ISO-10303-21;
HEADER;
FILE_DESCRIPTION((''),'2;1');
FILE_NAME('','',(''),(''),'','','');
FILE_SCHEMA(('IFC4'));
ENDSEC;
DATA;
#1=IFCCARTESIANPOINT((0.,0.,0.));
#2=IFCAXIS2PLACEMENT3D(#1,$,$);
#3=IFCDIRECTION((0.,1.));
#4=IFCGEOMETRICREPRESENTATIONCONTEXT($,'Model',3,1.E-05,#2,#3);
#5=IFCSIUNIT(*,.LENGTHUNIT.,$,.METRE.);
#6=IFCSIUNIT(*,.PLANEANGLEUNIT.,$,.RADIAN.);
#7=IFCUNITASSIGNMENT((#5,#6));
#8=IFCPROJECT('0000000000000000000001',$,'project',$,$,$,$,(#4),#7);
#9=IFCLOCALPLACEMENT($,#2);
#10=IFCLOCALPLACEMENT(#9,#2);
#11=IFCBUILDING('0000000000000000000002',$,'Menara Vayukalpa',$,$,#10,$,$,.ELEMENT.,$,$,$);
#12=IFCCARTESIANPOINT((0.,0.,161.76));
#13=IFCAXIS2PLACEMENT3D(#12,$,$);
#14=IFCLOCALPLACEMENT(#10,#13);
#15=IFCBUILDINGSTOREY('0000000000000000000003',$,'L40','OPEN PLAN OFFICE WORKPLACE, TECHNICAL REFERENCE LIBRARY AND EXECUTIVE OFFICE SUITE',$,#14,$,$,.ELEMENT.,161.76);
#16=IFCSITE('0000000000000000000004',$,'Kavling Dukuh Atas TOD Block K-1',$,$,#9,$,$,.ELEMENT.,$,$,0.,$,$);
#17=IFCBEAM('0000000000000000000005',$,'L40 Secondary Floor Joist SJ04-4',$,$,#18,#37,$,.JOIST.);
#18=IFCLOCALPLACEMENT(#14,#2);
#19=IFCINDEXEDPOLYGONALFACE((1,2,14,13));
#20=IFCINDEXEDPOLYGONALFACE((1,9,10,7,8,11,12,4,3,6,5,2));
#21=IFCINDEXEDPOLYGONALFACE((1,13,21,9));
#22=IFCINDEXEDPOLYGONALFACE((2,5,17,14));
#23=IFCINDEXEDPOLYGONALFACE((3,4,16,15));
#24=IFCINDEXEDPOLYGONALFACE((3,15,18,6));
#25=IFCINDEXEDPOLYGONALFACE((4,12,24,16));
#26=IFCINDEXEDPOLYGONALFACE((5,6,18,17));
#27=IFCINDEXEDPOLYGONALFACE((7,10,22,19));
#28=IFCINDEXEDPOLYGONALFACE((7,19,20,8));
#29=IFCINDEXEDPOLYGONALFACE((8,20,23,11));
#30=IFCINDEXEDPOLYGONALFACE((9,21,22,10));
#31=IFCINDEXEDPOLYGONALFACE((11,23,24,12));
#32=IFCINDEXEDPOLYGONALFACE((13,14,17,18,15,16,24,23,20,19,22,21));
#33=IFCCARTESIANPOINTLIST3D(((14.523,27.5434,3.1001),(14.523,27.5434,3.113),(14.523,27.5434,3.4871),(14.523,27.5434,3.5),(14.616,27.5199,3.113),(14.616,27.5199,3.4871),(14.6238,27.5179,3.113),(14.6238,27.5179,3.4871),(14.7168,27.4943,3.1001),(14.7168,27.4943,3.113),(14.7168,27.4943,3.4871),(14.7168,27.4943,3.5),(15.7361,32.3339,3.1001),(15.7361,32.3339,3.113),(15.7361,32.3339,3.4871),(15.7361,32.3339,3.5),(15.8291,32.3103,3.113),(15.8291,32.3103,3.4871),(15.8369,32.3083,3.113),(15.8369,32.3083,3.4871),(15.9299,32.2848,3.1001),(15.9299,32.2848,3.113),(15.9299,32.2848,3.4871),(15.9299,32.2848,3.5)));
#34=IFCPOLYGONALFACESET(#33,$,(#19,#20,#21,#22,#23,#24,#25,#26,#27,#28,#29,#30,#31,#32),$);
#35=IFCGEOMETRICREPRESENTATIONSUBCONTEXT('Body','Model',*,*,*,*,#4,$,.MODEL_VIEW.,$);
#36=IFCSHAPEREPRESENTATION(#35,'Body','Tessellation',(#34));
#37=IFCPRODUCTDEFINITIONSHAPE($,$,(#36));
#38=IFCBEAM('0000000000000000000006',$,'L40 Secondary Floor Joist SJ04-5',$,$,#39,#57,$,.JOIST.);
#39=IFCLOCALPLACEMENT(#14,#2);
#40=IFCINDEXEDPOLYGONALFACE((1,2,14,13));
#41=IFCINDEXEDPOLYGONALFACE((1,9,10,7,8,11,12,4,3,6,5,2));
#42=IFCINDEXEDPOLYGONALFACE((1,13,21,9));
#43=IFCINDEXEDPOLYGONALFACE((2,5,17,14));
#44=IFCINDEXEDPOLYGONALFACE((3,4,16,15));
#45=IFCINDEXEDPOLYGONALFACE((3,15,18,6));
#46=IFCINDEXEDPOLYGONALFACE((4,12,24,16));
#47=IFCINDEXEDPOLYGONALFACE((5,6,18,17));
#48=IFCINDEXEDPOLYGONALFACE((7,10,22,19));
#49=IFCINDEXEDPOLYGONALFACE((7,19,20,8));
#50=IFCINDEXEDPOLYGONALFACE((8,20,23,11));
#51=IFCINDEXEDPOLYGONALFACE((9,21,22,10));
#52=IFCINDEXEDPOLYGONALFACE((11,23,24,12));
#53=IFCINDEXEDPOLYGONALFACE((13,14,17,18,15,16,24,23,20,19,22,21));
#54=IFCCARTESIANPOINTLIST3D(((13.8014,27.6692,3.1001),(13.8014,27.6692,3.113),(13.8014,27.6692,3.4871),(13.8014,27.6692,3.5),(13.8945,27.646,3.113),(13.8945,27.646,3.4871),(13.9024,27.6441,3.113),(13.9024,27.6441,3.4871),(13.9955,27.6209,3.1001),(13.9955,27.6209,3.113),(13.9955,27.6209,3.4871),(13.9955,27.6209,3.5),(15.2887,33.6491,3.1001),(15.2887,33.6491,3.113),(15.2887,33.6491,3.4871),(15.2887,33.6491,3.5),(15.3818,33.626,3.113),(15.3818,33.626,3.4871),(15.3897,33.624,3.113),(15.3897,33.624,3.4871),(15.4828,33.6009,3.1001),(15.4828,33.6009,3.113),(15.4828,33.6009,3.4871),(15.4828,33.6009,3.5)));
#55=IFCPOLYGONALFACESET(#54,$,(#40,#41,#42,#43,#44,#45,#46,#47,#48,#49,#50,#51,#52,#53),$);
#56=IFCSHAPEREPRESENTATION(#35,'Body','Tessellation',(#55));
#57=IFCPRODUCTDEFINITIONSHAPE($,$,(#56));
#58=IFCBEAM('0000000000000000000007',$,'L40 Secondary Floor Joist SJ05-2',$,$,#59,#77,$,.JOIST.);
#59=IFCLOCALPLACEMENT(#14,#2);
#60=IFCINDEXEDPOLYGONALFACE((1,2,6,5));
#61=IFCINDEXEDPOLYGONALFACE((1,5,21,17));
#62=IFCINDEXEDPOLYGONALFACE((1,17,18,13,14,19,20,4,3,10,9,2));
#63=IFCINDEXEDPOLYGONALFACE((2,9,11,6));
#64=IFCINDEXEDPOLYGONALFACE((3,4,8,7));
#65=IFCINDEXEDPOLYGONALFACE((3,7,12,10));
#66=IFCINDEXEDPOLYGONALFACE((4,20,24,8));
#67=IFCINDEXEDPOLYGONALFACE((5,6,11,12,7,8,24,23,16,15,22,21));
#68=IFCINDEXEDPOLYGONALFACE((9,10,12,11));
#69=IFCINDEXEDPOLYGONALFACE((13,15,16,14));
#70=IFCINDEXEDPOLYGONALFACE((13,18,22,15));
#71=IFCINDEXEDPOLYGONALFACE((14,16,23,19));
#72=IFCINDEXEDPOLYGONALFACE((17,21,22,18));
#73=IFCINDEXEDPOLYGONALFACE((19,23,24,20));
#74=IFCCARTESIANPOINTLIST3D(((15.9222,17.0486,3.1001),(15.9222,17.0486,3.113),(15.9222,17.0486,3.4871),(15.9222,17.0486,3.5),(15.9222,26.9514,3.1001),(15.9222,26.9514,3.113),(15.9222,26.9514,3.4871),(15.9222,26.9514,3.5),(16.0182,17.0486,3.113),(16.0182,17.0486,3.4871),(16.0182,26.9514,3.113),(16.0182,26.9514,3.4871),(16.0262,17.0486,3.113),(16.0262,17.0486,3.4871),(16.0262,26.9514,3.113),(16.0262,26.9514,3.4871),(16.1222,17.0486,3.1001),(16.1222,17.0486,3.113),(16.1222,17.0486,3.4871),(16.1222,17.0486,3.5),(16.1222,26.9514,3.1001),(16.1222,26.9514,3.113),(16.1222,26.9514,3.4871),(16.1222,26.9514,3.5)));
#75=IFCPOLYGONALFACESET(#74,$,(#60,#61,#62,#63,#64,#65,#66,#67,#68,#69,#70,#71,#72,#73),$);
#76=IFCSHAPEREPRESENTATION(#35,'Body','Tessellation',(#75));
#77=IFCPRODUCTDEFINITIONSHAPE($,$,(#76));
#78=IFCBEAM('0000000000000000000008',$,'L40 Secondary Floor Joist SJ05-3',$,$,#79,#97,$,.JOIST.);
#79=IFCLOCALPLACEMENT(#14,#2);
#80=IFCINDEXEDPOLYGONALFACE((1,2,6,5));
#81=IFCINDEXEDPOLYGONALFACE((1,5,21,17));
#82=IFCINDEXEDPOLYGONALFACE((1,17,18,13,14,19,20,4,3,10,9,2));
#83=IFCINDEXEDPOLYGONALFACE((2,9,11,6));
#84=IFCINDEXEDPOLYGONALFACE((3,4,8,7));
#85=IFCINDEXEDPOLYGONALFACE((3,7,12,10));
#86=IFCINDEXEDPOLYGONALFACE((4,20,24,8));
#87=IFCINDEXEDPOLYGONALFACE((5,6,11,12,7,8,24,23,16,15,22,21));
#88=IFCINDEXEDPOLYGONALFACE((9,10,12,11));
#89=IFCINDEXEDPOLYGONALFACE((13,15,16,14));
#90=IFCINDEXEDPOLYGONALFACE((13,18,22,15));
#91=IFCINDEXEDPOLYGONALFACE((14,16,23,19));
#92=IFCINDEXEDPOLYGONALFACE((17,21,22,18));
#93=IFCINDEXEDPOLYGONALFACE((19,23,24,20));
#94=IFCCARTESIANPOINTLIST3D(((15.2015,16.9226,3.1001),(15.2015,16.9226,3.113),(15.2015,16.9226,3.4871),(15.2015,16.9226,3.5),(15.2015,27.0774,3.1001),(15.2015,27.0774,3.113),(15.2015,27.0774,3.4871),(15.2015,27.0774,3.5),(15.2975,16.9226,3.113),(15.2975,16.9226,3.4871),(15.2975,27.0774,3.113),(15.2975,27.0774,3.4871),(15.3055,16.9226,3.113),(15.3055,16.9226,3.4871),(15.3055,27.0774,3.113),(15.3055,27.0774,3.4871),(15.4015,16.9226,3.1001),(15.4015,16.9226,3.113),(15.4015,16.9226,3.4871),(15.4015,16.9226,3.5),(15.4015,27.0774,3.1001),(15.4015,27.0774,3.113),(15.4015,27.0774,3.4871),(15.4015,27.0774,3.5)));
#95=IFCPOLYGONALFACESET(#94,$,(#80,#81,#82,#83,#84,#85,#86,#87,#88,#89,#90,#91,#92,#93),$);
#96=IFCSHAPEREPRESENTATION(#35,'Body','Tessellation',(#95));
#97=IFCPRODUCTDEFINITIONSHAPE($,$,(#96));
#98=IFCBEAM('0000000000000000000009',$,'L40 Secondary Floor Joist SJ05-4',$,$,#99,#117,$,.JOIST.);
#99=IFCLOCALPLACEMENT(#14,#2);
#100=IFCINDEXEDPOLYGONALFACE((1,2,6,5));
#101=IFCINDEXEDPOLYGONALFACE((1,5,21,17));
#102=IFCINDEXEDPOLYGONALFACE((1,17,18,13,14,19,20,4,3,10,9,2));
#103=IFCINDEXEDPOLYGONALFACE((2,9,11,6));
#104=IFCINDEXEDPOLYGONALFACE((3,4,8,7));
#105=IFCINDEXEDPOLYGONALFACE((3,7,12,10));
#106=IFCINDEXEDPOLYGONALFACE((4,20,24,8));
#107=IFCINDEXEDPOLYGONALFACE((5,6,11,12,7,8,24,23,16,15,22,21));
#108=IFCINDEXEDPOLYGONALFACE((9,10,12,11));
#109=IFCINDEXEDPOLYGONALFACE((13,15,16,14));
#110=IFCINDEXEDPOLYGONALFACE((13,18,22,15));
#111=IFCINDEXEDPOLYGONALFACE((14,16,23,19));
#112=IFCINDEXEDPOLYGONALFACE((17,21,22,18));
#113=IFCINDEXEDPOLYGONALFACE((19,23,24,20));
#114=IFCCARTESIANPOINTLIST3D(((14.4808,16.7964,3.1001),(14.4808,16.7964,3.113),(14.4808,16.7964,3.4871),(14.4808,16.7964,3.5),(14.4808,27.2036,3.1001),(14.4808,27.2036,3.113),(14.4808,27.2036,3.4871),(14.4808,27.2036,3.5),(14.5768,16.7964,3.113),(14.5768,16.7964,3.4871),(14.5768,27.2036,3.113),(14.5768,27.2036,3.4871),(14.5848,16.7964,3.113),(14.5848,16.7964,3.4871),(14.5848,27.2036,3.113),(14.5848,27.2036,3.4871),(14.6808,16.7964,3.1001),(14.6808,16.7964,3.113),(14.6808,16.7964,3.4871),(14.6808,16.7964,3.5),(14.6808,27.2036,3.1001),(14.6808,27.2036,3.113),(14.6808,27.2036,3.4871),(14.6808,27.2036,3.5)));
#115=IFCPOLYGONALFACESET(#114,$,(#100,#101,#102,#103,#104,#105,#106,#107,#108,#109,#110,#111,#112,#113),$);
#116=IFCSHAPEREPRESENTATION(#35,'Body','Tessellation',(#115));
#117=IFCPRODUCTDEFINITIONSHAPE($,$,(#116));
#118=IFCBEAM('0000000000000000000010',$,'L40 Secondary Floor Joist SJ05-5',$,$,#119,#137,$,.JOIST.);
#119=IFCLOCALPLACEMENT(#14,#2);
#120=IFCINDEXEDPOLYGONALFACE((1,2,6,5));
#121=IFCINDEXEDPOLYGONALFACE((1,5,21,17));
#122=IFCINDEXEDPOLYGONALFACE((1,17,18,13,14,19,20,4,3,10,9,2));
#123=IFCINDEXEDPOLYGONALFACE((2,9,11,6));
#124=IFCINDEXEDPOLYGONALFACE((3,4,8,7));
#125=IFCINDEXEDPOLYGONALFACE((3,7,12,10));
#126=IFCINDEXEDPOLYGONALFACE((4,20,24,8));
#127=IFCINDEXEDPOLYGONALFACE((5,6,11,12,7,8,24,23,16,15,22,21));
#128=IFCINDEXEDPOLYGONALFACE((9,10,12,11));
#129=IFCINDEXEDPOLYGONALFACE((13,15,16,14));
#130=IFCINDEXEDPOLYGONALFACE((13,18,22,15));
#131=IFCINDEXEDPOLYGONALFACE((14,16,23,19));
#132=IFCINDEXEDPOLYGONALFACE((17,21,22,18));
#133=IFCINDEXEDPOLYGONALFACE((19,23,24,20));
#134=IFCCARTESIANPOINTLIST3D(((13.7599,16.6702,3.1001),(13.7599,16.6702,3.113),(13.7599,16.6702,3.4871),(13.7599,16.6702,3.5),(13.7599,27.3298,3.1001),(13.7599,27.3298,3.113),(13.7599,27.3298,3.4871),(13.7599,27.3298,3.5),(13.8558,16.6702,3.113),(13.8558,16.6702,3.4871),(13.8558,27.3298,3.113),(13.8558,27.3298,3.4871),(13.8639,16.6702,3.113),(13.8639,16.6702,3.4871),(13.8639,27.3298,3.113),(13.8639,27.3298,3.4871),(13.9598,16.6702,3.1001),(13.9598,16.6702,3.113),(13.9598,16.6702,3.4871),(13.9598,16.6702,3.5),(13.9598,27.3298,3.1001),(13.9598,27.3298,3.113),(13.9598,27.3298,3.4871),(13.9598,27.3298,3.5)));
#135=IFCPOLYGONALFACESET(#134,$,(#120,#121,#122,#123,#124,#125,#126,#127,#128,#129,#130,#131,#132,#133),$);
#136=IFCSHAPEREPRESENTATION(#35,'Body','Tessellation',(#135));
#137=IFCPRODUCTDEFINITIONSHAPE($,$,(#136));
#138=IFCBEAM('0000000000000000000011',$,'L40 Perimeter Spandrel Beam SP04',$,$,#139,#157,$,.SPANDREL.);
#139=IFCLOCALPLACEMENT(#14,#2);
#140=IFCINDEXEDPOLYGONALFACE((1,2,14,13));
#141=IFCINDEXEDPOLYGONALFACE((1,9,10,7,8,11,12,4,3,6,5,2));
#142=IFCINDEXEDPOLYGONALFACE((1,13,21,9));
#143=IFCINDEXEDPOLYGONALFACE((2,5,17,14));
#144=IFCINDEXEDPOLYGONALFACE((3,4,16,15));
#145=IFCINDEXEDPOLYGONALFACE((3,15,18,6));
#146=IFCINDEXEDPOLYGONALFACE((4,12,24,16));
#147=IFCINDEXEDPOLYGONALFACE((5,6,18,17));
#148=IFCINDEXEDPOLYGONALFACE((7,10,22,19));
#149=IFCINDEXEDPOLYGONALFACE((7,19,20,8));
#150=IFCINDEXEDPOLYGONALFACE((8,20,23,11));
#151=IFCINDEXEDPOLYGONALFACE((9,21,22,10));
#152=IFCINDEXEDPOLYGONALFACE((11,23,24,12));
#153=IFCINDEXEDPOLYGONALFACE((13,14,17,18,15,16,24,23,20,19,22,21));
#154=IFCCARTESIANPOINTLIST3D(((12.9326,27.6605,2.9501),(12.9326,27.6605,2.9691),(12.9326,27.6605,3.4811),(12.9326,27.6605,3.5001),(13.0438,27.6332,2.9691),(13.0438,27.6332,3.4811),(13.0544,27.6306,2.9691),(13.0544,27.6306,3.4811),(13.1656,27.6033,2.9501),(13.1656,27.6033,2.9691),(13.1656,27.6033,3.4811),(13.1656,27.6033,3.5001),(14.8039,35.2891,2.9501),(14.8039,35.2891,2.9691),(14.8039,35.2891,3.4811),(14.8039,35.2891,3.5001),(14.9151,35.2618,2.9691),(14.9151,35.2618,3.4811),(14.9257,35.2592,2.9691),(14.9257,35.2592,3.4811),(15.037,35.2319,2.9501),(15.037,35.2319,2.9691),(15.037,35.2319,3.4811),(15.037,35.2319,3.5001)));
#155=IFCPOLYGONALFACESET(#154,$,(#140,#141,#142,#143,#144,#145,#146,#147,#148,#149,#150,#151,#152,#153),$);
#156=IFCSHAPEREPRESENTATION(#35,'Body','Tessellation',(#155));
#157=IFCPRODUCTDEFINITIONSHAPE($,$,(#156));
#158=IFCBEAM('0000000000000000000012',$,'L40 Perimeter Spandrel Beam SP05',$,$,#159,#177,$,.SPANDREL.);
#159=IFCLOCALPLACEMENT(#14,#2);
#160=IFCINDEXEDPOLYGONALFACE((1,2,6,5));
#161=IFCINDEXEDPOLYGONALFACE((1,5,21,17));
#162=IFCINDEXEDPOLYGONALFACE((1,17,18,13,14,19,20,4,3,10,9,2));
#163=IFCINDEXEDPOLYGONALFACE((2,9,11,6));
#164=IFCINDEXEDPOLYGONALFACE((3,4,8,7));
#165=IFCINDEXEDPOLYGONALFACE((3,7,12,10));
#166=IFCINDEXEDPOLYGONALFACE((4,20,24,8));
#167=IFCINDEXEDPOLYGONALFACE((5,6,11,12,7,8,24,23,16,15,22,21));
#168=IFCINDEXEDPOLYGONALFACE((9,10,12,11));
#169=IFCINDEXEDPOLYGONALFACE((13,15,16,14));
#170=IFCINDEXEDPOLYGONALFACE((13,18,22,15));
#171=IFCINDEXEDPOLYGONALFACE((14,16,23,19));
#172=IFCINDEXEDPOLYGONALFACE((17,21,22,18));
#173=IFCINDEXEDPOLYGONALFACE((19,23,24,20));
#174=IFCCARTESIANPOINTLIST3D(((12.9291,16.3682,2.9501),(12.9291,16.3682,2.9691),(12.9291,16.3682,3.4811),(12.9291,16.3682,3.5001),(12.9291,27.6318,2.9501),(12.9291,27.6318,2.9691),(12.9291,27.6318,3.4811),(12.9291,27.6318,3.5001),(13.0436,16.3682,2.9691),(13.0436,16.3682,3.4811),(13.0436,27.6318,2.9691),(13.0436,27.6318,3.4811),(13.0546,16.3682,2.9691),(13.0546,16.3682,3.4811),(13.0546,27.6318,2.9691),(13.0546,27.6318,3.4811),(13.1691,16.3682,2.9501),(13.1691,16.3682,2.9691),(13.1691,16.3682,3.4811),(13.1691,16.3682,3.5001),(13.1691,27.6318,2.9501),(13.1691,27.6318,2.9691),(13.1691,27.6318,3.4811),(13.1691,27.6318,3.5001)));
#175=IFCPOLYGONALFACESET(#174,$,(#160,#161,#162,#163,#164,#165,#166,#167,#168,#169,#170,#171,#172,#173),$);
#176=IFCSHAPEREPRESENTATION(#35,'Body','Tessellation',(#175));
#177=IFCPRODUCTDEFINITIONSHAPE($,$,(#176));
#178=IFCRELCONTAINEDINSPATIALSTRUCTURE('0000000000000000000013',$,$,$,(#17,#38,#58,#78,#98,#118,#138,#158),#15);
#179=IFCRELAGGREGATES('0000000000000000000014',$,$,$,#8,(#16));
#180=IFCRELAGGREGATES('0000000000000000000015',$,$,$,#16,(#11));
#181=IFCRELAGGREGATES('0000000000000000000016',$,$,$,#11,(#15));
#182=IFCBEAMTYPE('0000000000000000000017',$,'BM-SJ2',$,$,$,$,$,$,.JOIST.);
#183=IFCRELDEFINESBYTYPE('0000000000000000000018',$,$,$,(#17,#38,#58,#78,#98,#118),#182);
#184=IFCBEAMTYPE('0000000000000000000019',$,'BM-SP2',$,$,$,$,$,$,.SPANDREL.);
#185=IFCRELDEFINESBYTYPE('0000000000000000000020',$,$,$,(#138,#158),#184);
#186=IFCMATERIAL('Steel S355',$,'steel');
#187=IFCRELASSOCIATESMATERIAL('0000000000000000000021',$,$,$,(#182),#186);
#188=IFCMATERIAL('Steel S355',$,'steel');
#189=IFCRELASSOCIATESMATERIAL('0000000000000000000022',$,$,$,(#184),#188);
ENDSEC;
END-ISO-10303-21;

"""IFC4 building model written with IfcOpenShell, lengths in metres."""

from ifc_helpers import new_model, si_unit, direction, frame, origin, origin_2d, place, context, subcontext, project, spatial, i_section, extrude, material, material_profile, profile_set, type_object, element, save


model = new_model("IFC4")

# Units and contexts
model_context = context("Model", 3, precision=1e-05, world=origin(), true_north=direction((0.0, 1.0)))
body_context = subcontext(model_context, "Body", "Model", "MODEL_VIEW")
ifc_project = project(units=[si_unit("LENGTHUNIT", "METRE"), si_unit("PLANEANGLEUNIT", "RADIAN")], contexts=[model_context])

# Site, building, storey
site_placement = place(None, origin())
site = spatial("IfcSite", under=ifc_project, at=site_placement, Name="Kavling Dukuh Atas TOD Block K-1", CompositionType="ELEMENT", RefElevation=0.0)
building_placement = place(site_placement, origin())
building = spatial("IfcBuilding", under=site, at=building_placement, Name="Menara Vayukalpa", CompositionType="ELEMENT")
storey_placement = place(building_placement, frame((0.0, 0.0, 161.76)))
storey = spatial("IfcBuildingStorey", under=building, at=storey_placement, Name="L40", Description="OPEN PLAN OFFICE WORKPLACE, TECHNICAL REFERENCE LIBRARY AND EXECUTIVE OFFICE SUITE", CompositionType="ELEMENT", Elevation=161.76)

# Beams
ifc_material_1 = material(Name="Steel S355", Category="steel")
ifc_material_profile_1 = material_profile(ifc_material_1, i_section(OverallWidth=0.2, OverallDepth=0.3999, WebThickness=0.0081, FlangeThickness=0.0129, at=origin_2d()), Name="WF 400x200x8x13")
ifc_profile_set_1 = profile_set([ifc_material_profile_1], Name="Steel S355")
beam_type_1 = type_object("IfcBeamType", Name="BM-SJ2", PredefinedType="JOIST", material=ifc_profile_set_1)
beam_1_placement = place(storey_placement, frame((15.833, 32.3093, 3.3), z_axis=(-0.245487, -0.9694, 0.0), x_axis=(0.9694, -0.245487, 0.0)))
element("IfcBeam", 1, at=beam_1_placement, inside=storey, type_object=beam_type_1, Name="L40 Secondary Floor Joist SJ04-4", PredefinedType="JOIST", context=body_context, shape_type="SweptSolid", body=[
    extrude(i_section(OverallWidth=0.2, OverallDepth=0.3999, WebThickness=0.0081, FlangeThickness=0.0129, at=origin_2d()), origin(), (0.0, 0.0, 1.0), 4.9417),
])
beam_2_placement = place(storey_placement, frame((15.3857, 33.625, 3.3), z_axis=(-0.241361, -0.970435, 0.0), x_axis=(0.970435, -0.241361, 0.0)))
element("IfcBeam", 2, at=beam_2_placement, inside=storey, type_object=beam_type_1, Name="L40 Secondary Floor Joist SJ04-5", PredefinedType="JOIST", context=body_context, shape_type="SweptSolid", body=[
    extrude(i_section(OverallWidth=0.2, OverallDepth=0.3999, WebThickness=0.0081, FlangeThickness=0.0129, at=origin_2d()), origin(), (0.0, 0.0, 1.0), 6.1621),
])
beam_3_placement = place(storey_placement, frame((16.0222, 26.9514, 3.3), z_axis=(0.0, -1.0, 0.0), x_axis=(1.0, 0.0, 0.0)))
element("IfcBeam", 3, at=beam_3_placement, inside=storey, type_object=beam_type_1, Name="L40 Secondary Floor Joist SJ05-2", PredefinedType="JOIST", context=body_context, shape_type="SweptSolid", body=[
    extrude(i_section(OverallWidth=0.2, OverallDepth=0.3999, WebThickness=0.0081, FlangeThickness=0.0129, at=origin_2d()), origin(), (0.0, 0.0, 1.0), 9.9028),
])
beam_4_placement = place(storey_placement, frame((15.3015, 27.0774, 3.3), z_axis=(0.0, -1.0, 0.0), x_axis=(1.0, 0.0, 0.0)))
element("IfcBeam", 4, at=beam_4_placement, inside=storey, type_object=beam_type_1, Name="L40 Secondary Floor Joist SJ05-3", PredefinedType="JOIST", context=body_context, shape_type="SweptSolid", body=[
    extrude(i_section(OverallWidth=0.2, OverallDepth=0.3999, WebThickness=0.0081, FlangeThickness=0.0129, at=origin_2d()), origin(), (0.0, 0.0, 1.0), 10.1548),
])
beam_5_placement = place(storey_placement, frame((14.5808, 27.2036, 3.3), z_axis=(0.0, -1.0, 0.0), x_axis=(1.0, 0.0, 0.0)))
element("IfcBeam", 5, at=beam_5_placement, inside=storey, type_object=beam_type_1, Name="L40 Secondary Floor Joist SJ05-4", PredefinedType="JOIST", context=body_context, shape_type="SweptSolid", body=[
    extrude(i_section(OverallWidth=0.2, OverallDepth=0.3999, WebThickness=0.0081, FlangeThickness=0.0129, at=origin_2d()), origin(), (0.0, 0.0, 1.0), 10.4072),
])
beam_6_placement = place(storey_placement, frame((13.8599, 27.3298, 3.3), z_axis=(0.0, -1.0, 0.0), x_axis=(1.0, 0.0, 0.0)))
element("IfcBeam", 6, at=beam_6_placement, inside=storey, type_object=beam_type_1, Name="L40 Secondary Floor Joist SJ05-5", PredefinedType="JOIST", context=body_context, shape_type="SweptSolid", body=[
    extrude(i_section(OverallWidth=0.2, OverallDepth=0.3999, WebThickness=0.0081, FlangeThickness=0.0129, at=origin_2d()), origin(), (0.0, 0.0, 1.0), 10.6597),
])
ifc_material_2 = material(Name="Steel S355", Category="steel")
ifc_material_profile_2 = material_profile(ifc_material_2, i_section(OverallWidth=0.24, OverallDepth=0.55, WebThickness=0.011, FlangeThickness=0.019, at=origin_2d()), Name="WF 550x240x11x19")
ifc_profile_set_2 = profile_set([ifc_material_profile_2], Name="Steel S355")
beam_type_2 = type_object("IfcBeamType", Name="BM-SP2", PredefinedType="SPANDREL", material=ifc_profile_set_2)
beam_7_placement = place(storey_placement, frame((14.9204, 35.2605, 3.2251), z_axis=(-0.23824, -0.971206, 0.0), x_axis=(0.971206, -0.23824, 0.0)))
element("IfcBeam", 7, at=beam_7_placement, inside=storey, type_object=beam_type_2, Name="L40 Perimeter Spandrel Beam SP04", PredefinedType="SPANDREL", context=body_context, shape_type="SweptSolid", body=[
    extrude(i_section(OverallWidth=0.24, OverallDepth=0.55, WebThickness=0.011, FlangeThickness=0.019, at=origin_2d()), origin(), (0.0, 0.0, 1.0), 7.8547),
])
beam_8_placement = place(storey_placement, frame((13.0491, 27.6318, 3.2251), z_axis=(0.0, -1.0, 0.0), x_axis=(1.0, 0.0, 0.0)))
element("IfcBeam", 8, at=beam_8_placement, inside=storey, type_object=beam_type_2, Name="L40 Perimeter Spandrel Beam SP05", PredefinedType="SPANDREL", context=body_context, shape_type="SweptSolid", body=[
    extrude(i_section(OverallWidth=0.24, OverallDepth=0.55, WebThickness=0.011, FlangeThickness=0.019, at=origin_2d()), origin(), (0.0, 0.0, 1.0), 11.2637),
])

save(model, "model.ifc")
